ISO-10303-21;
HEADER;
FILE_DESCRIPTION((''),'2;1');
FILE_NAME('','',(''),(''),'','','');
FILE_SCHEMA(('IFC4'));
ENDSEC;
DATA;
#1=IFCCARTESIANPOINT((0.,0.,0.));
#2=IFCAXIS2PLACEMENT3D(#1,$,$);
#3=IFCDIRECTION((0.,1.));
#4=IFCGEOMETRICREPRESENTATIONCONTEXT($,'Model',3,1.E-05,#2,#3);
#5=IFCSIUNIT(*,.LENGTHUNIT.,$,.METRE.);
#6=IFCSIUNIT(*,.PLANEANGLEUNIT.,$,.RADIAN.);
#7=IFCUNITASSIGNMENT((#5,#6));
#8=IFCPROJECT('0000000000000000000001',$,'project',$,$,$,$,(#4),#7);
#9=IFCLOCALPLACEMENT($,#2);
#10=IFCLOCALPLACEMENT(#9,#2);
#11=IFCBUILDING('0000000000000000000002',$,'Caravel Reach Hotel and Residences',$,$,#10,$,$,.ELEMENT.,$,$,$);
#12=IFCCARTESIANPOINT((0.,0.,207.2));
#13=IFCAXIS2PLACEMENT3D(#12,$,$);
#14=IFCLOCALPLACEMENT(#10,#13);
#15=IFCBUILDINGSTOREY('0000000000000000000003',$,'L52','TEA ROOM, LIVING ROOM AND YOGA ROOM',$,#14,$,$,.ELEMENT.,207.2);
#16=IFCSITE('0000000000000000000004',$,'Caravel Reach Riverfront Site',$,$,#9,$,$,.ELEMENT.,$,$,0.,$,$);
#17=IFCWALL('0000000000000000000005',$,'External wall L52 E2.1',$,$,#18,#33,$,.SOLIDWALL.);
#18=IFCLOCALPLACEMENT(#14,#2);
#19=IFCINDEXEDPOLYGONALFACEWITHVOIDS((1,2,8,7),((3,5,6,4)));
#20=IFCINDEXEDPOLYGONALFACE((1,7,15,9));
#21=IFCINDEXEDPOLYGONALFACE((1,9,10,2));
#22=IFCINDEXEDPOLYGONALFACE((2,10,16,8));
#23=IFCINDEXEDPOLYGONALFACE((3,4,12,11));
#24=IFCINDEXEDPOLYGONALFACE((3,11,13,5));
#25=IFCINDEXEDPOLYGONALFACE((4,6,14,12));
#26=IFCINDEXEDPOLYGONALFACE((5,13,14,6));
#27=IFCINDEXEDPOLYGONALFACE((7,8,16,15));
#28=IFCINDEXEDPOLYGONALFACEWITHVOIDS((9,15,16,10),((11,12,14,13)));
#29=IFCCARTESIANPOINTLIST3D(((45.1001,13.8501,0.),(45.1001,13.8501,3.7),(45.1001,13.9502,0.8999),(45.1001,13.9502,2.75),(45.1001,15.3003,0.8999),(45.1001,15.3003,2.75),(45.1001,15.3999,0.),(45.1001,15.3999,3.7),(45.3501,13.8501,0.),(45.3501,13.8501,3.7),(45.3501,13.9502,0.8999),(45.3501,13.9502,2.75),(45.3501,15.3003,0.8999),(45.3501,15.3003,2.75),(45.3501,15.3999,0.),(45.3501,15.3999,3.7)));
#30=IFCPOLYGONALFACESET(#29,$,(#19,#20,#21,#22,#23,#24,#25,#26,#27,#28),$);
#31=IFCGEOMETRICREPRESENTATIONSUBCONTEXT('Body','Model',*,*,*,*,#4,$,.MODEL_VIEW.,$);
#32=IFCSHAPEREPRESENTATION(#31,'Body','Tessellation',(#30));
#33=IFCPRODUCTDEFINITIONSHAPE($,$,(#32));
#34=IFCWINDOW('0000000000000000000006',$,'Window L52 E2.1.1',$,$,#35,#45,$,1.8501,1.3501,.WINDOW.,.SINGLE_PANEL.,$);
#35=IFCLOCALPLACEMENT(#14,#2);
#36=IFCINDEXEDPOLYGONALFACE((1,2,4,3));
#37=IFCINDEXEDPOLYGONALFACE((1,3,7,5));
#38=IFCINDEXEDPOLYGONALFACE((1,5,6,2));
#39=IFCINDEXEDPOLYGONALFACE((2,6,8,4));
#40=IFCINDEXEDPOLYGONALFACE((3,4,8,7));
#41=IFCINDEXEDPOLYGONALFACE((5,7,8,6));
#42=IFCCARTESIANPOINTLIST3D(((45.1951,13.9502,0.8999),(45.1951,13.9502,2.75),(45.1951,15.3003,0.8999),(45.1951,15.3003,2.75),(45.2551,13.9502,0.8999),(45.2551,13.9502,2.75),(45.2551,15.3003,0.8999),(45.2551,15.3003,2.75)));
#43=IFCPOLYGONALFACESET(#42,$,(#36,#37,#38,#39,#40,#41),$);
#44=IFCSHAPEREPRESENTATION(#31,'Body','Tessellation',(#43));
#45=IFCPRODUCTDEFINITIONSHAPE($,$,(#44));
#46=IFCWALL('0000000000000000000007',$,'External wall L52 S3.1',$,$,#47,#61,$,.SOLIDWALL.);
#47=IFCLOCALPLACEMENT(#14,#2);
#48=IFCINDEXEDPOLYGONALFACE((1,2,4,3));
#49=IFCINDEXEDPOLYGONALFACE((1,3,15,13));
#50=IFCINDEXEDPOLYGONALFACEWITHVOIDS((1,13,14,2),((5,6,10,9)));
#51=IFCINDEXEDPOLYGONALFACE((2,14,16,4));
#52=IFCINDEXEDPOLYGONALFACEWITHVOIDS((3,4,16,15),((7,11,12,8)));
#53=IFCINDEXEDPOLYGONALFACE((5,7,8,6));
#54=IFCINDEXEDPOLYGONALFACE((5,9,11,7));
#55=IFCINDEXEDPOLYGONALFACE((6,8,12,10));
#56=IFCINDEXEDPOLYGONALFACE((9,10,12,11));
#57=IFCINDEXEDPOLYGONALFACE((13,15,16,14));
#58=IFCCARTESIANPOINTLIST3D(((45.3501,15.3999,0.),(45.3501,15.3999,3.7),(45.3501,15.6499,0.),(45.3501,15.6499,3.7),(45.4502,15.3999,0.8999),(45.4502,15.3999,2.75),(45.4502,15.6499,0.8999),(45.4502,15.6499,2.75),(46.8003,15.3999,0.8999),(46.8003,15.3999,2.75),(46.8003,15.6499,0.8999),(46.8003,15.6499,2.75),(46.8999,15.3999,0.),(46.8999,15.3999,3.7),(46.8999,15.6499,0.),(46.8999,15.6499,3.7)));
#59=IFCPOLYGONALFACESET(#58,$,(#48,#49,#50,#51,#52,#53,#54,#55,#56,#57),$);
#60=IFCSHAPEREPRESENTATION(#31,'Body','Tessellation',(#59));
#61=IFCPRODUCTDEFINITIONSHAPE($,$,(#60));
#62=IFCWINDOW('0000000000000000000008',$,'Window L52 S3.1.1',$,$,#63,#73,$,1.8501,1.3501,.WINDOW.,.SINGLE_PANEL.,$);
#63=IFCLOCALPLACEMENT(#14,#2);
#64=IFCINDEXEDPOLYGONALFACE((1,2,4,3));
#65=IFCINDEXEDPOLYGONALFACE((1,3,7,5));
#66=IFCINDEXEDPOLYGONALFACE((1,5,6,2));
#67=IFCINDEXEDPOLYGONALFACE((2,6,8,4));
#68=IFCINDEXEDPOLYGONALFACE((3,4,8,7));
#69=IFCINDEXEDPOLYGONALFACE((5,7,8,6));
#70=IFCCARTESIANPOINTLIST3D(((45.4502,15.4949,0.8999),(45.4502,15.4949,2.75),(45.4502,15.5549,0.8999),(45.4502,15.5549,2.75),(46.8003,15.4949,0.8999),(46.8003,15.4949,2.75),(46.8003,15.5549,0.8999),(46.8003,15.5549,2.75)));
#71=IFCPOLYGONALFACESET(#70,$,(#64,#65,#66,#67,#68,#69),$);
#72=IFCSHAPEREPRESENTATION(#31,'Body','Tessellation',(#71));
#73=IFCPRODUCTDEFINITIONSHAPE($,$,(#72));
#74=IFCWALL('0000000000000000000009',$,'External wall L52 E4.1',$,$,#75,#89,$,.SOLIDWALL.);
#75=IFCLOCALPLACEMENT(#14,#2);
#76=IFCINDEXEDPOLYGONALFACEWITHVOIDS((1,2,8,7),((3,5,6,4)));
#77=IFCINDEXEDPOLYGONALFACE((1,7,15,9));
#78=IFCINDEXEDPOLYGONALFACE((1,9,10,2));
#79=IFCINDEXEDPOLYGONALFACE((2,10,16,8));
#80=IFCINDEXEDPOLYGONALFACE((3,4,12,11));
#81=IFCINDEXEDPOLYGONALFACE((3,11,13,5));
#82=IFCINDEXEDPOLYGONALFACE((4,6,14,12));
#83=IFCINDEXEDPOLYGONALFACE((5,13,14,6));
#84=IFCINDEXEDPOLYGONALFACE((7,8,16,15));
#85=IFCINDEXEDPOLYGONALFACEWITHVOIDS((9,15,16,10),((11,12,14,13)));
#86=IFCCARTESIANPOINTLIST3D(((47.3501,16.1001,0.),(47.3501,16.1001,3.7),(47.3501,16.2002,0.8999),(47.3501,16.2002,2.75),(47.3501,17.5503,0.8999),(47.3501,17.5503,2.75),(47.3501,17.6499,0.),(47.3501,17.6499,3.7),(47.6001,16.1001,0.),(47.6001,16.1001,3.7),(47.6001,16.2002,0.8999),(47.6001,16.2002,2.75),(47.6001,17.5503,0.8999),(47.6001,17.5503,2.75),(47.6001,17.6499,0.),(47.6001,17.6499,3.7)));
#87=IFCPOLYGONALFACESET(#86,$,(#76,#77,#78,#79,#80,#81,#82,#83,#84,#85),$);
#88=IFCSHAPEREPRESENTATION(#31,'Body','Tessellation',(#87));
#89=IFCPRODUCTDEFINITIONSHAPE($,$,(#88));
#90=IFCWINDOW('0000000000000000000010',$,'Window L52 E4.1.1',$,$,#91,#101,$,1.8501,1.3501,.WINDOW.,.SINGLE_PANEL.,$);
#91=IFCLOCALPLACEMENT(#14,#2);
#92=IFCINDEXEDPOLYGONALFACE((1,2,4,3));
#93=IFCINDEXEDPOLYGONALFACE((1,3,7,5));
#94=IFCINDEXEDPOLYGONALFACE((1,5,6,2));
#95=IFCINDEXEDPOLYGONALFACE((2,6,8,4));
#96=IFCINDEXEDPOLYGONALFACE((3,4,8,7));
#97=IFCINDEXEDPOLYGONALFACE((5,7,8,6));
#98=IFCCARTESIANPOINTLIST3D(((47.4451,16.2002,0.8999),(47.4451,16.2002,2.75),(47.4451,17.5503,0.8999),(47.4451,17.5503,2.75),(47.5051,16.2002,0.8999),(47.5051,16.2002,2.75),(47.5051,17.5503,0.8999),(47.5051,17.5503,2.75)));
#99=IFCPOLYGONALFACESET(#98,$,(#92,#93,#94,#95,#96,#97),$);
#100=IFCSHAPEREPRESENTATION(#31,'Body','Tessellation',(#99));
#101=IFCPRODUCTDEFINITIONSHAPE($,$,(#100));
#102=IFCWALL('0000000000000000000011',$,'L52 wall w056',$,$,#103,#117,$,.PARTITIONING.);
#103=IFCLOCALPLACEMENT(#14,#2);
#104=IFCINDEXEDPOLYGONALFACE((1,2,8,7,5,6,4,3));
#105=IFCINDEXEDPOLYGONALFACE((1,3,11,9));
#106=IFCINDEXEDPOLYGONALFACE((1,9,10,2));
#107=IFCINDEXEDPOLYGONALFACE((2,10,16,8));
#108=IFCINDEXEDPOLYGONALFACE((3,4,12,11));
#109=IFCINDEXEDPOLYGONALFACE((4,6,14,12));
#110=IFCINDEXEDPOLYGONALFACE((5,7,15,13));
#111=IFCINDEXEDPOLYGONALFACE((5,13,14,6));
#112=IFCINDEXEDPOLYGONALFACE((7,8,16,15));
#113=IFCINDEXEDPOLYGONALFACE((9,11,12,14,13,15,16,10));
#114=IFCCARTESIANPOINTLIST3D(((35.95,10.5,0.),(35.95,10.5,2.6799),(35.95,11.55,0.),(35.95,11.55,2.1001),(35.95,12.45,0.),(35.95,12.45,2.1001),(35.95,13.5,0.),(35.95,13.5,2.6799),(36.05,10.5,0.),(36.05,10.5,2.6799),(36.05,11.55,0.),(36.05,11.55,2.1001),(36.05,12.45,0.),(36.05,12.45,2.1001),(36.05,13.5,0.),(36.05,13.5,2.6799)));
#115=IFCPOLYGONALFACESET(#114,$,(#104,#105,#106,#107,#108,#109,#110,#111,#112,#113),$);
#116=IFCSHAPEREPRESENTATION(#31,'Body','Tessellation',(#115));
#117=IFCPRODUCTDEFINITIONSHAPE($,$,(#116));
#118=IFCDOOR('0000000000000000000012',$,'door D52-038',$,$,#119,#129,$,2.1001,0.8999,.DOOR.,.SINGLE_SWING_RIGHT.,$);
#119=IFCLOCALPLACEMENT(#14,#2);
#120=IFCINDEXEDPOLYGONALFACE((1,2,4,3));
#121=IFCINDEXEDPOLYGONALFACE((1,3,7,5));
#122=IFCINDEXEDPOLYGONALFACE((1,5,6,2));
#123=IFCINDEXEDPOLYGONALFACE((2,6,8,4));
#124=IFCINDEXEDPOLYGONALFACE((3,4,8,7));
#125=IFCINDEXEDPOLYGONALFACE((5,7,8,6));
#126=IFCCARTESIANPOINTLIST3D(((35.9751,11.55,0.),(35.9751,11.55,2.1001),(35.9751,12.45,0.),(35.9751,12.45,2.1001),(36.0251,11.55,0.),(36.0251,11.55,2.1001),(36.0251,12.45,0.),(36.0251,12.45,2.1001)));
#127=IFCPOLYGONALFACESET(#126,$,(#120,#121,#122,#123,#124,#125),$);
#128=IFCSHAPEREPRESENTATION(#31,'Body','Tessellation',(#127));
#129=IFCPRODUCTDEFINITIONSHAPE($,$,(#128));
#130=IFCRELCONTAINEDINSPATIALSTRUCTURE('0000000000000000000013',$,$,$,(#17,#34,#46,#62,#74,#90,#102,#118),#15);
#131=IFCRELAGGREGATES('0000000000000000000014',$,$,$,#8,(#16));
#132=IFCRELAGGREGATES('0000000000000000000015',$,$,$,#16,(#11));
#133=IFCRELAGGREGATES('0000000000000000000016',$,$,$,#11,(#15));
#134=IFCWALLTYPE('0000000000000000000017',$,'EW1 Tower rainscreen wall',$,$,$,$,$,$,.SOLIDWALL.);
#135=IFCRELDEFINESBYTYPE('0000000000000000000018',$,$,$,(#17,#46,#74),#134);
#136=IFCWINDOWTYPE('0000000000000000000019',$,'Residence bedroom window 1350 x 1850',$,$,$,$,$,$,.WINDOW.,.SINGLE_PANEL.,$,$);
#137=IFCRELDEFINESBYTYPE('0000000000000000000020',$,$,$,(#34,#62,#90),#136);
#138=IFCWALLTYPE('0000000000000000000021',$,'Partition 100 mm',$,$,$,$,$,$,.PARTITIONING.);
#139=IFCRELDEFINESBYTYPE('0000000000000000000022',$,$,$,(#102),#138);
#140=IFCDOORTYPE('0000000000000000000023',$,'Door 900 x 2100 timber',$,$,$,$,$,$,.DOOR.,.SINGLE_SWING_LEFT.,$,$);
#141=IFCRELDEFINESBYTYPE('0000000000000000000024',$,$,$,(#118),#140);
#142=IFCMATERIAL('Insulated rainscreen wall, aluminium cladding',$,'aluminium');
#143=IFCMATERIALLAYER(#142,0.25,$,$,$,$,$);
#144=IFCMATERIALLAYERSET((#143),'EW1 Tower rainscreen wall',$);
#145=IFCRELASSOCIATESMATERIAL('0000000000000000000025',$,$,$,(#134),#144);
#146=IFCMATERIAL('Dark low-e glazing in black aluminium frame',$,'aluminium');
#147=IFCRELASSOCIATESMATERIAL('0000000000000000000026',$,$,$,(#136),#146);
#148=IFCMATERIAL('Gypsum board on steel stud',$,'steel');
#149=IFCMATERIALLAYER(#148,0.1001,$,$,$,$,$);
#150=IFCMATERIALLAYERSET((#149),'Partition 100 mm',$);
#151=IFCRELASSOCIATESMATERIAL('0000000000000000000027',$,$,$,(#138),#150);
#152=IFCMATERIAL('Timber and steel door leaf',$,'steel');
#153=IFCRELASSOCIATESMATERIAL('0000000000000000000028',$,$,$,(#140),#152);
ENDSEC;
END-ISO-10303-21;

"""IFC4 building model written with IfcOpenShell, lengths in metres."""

from ifc_helpers import new_model, si_unit, direction, frame, frame_2d, origin, place, context, subcontext, project, spatial, rectangle, extrude, material, layer, layer_set, type_object, element, fill, save


model = new_model("IFC4")

# Units and contexts
model_context = context("Model", 3, precision=1e-05, world=origin(), true_north=direction((0.0, 1.0)))
body_context = subcontext(model_context, "Body", "Model", "MODEL_VIEW")
ifc_project = project(units=[si_unit("LENGTHUNIT", "METRE"), si_unit("PLANEANGLEUNIT", "RADIAN")], contexts=[model_context])

# Site, building, storey
site_placement = place(None, origin())
site = spatial("IfcSite", under=ifc_project, at=site_placement, Name="Caravel Reach Riverfront Site", CompositionType="ELEMENT", RefElevation=0.0)
building_placement = place(site_placement, origin())
building = spatial("IfcBuilding", under=site, at=building_placement, Name="Caravel Reach Hotel and Residences", CompositionType="ELEMENT")
storey_placement = place(building_placement, frame((0.0, 0.0, 207.2)))
storey = spatial("IfcBuildingStorey", under=building, at=storey_placement, Name="L52", Description="TEA ROOM, LIVING ROOM AND YOGA ROOM", CompositionType="ELEMENT", Elevation=207.2)

# Walls, openings, windows
ifc_material_1 = material(Name="Insulated rainscreen wall, aluminium cladding", Category="aluminium")
ifc_layer_1 = layer(ifc_material_1, 0.25)
ifc_layer_set_1 = layer_set([ifc_layer_1], Name="EW1 Tower rainscreen wall")
wall_type_1 = type_object("IfcWallType", Name="EW1 Tower rainscreen wall", PredefinedType="SOLIDWALL", material=ifc_layer_set_1)
wall_1_placement = place(storey_placement, frame((45.2251, 13.8501, 0.0), z_axis=(0.0, 0.0, 1.0), x_axis=(0.0, 1.0, 0.0)))
wall_1 = element("IfcWall", 1, at=wall_1_placement, inside=storey, type_object=wall_type_1, Name="External wall L52 E2.1", PredefinedType="SOLIDWALL", context=body_context, shape_type="SweptSolid", body=[
    extrude(rectangle(XDim=1.5498, YDim=0.25, at=frame_2d((0.7749, 0.0))), origin(), (0.0, 0.0, 1.0), 3.7),
])
opening_1_placement = place(wall_1_placement, frame((0.1001, 0.0, 0.8999)))
opening_1 = element("IfcOpeningElement", 2, at=opening_1_placement, cuts=wall_1, PredefinedType="OPENING", context=body_context, shape_type="SweptSolid", body=[
    extrude(rectangle(XDim=1.3501, YDim=1.8501, at=frame_2d((0.675, 0.925))), frame((0.0, 0.135, 0.0), z_axis=(0.0, -1.0, 0.0), x_axis=(1.0, 0.0, 0.0)), (0.0, 0.0, 1.0), 0.27),
])
ifc_material_2 = material(Name="Dark low-e glazing in black aluminium frame", Category="aluminium")
window_type_1 = type_object("IfcWindowType", Name="Residence bedroom window 1350 x 1850", PartitioningType="SINGLE_PANEL", PredefinedType="WINDOW", material=ifc_material_2)
window_1_placement = place(opening_1_placement, origin())
window_1 = element("IfcWindow", 3, at=window_1_placement, inside=storey, type_object=window_type_1, Name="Window L52 E2.1.1", OverallHeight=1.8501, OverallWidth=1.3501, PartitioningType="SINGLE_PANEL", PredefinedType="WINDOW", context=body_context, shape_type="SweptSolid", body=[
    extrude(rectangle(XDim=1.3501, YDim=1.8501, at=frame_2d((0.675, 0.925))), frame((0.0, 0.03, 0.0), z_axis=(0.0, -1.0, 0.0), x_axis=(1.0, 0.0, 0.0)), (0.0, 0.0, 1.0), 0.0601),
])
fill(opening_1, window_1)
wall_2_placement = place(storey_placement, frame((45.3501, 15.5249, 0.0), z_axis=(0.0, 0.0, 1.0), x_axis=(1.0, 0.0, 0.0)))
wall_2 = element("IfcWall", 4, at=wall_2_placement, inside=storey, type_object=wall_type_1, Name="External wall L52 S3.1", PredefinedType="SOLIDWALL", context=body_context, shape_type="SweptSolid", body=[
    extrude(rectangle(XDim=1.5498, YDim=0.25, at=frame_2d((0.7749, 0.0))), origin(), (0.0, 0.0, 1.0), 3.7),
])
opening_2_placement = place(wall_2_placement, frame((0.1001, 0.0, 0.8999)))
opening_2 = element("IfcOpeningElement", 5, at=opening_2_placement, cuts=wall_2, PredefinedType="OPENING", context=body_context, shape_type="SweptSolid", body=[
    extrude(rectangle(XDim=1.3501, YDim=1.8501, at=frame_2d((0.675, 0.925))), frame((0.0, 0.135, 0.0), z_axis=(0.0, -1.0, 0.0), x_axis=(1.0, 0.0, 0.0)), (0.0, 0.0, 1.0), 0.27),
])
window_2_placement = place(opening_2_placement, origin())
window_2 = element("IfcWindow", 6, at=window_2_placement, inside=storey, type_object=window_type_1, Name="Window L52 S3.1.1", OverallHeight=1.8501, OverallWidth=1.3501, PartitioningType="SINGLE_PANEL", PredefinedType="WINDOW", context=body_context, shape_type="SweptSolid", body=[
    extrude(rectangle(XDim=1.3501, YDim=1.8501, at=frame_2d((0.675, 0.925))), frame((0.0, 0.03, 0.0), z_axis=(0.0, -1.0, 0.0), x_axis=(1.0, 0.0, 0.0)), (0.0, 0.0, 1.0), 0.0601),
])
fill(opening_2, window_2)
wall_3_placement = place(storey_placement, frame((47.4751, 16.1001, 0.0), z_axis=(0.0, 0.0, 1.0), x_axis=(0.0, 1.0, 0.0)))
wall_3 = element("IfcWall", 7, at=wall_3_placement, inside=storey, type_object=wall_type_1, Name="External wall L52 E4.1", PredefinedType="SOLIDWALL", context=body_context, shape_type="SweptSolid", body=[
    extrude(rectangle(XDim=1.5498, YDim=0.25, at=frame_2d((0.7749, 0.0))), origin(), (0.0, 0.0, 1.0), 3.7),
])
opening_3_placement = place(wall_3_placement, frame((0.1001, 0.0, 0.8999)))
opening_3 = element("IfcOpeningElement", 8, at=opening_3_placement, cuts=wall_3, PredefinedType="OPENING", context=body_context, shape_type="SweptSolid", body=[
    extrude(rectangle(XDim=1.3501, YDim=1.8501, at=frame_2d((0.675, 0.925))), frame((0.0, 0.135, 0.0), z_axis=(0.0, -1.0, 0.0), x_axis=(1.0, 0.0, 0.0)), (0.0, 0.0, 1.0), 0.27),
])
window_3_placement = place(opening_3_placement, origin())
window_3 = element("IfcWindow", 9, at=window_3_placement, inside=storey, type_object=window_type_1, Name="Window L52 E4.1.1", OverallHeight=1.8501, OverallWidth=1.3501, PartitioningType="SINGLE_PANEL", PredefinedType="WINDOW", context=body_context, shape_type="SweptSolid", body=[
    extrude(rectangle(XDim=1.3501, YDim=1.8501, at=frame_2d((0.675, 0.925))), frame((0.0, 0.03, 0.0), z_axis=(0.0, -1.0, 0.0), x_axis=(1.0, 0.0, 0.0)), (0.0, 0.0, 1.0), 0.0601),
])
fill(opening_3, window_3)

# Wall, opening, door
ifc_material_3 = material(Name="Gypsum board on steel stud", Category="steel")
ifc_layer_2 = layer(ifc_material_3, 0.1001)
ifc_layer_set_2 = layer_set([ifc_layer_2], Name="Partition 100 mm")
wall_type_2 = type_object("IfcWallType", Name="Partition 100 mm", PredefinedType="PARTITIONING", material=ifc_layer_set_2)
wall_4_placement = place(storey_placement, frame((36.0, 10.5, 0.0), z_axis=(0.0, 0.0, 1.0), x_axis=(0.0, 1.0, 0.0)))
wall_4 = element("IfcWall", 10, at=wall_4_placement, inside=storey, type_object=wall_type_2, Name="L52 wall w056", PredefinedType="PARTITIONING", context=body_context, shape_type="SweptSolid", body=[
    extrude(rectangle(XDim=3.0, YDim=0.1001, at=frame_2d((1.5, 0.0))), origin(), (0.0, 0.0, 1.0), 2.6799),
])
opening_4_placement = place(wall_4_placement, frame((1.05, 0.0, 0.0)))
opening_4 = element("IfcOpeningElement", 11, at=opening_4_placement, cuts=wall_4, PredefinedType="OPENING", context=body_context, shape_type="SweptSolid", body=[
    extrude(rectangle(XDim=0.8999, YDim=2.1001, at=frame_2d((0.45, 1.05))), frame((0.0, 0.0601, 0.0), z_axis=(0.0, -1.0, 0.0), x_axis=(1.0, 0.0, 0.0)), (0.0, 0.0, 1.0), 0.1201),
])
ifc_material_4 = material(Name="Timber and steel door leaf", Category="steel")
door_type = type_object("IfcDoorType", Name="Door 900 x 2100 timber", OperationType="SINGLE_SWING_LEFT", PredefinedType="DOOR", material=ifc_material_4)
door_placement = place(opening_4_placement, origin())
door = element("IfcDoor", 12, at=door_placement, inside=storey, type_object=door_type, Name="door D52-038", OperationType="SINGLE_SWING_RIGHT", OverallHeight=2.1001, OverallWidth=0.8999, PredefinedType="DOOR", context=body_context, shape_type="SweptSolid", body=[
    extrude(rectangle(XDim=0.8999, YDim=2.1001, at=frame_2d((0.45, 1.05))), frame((0.0, 0.0249, 0.0), z_axis=(0.0, -1.0, 0.0), x_axis=(1.0, 0.0, 0.0)), (0.0, 0.0, 1.0), 0.05),
])
fill(opening_4, door)

save(model, "model.ifc")
